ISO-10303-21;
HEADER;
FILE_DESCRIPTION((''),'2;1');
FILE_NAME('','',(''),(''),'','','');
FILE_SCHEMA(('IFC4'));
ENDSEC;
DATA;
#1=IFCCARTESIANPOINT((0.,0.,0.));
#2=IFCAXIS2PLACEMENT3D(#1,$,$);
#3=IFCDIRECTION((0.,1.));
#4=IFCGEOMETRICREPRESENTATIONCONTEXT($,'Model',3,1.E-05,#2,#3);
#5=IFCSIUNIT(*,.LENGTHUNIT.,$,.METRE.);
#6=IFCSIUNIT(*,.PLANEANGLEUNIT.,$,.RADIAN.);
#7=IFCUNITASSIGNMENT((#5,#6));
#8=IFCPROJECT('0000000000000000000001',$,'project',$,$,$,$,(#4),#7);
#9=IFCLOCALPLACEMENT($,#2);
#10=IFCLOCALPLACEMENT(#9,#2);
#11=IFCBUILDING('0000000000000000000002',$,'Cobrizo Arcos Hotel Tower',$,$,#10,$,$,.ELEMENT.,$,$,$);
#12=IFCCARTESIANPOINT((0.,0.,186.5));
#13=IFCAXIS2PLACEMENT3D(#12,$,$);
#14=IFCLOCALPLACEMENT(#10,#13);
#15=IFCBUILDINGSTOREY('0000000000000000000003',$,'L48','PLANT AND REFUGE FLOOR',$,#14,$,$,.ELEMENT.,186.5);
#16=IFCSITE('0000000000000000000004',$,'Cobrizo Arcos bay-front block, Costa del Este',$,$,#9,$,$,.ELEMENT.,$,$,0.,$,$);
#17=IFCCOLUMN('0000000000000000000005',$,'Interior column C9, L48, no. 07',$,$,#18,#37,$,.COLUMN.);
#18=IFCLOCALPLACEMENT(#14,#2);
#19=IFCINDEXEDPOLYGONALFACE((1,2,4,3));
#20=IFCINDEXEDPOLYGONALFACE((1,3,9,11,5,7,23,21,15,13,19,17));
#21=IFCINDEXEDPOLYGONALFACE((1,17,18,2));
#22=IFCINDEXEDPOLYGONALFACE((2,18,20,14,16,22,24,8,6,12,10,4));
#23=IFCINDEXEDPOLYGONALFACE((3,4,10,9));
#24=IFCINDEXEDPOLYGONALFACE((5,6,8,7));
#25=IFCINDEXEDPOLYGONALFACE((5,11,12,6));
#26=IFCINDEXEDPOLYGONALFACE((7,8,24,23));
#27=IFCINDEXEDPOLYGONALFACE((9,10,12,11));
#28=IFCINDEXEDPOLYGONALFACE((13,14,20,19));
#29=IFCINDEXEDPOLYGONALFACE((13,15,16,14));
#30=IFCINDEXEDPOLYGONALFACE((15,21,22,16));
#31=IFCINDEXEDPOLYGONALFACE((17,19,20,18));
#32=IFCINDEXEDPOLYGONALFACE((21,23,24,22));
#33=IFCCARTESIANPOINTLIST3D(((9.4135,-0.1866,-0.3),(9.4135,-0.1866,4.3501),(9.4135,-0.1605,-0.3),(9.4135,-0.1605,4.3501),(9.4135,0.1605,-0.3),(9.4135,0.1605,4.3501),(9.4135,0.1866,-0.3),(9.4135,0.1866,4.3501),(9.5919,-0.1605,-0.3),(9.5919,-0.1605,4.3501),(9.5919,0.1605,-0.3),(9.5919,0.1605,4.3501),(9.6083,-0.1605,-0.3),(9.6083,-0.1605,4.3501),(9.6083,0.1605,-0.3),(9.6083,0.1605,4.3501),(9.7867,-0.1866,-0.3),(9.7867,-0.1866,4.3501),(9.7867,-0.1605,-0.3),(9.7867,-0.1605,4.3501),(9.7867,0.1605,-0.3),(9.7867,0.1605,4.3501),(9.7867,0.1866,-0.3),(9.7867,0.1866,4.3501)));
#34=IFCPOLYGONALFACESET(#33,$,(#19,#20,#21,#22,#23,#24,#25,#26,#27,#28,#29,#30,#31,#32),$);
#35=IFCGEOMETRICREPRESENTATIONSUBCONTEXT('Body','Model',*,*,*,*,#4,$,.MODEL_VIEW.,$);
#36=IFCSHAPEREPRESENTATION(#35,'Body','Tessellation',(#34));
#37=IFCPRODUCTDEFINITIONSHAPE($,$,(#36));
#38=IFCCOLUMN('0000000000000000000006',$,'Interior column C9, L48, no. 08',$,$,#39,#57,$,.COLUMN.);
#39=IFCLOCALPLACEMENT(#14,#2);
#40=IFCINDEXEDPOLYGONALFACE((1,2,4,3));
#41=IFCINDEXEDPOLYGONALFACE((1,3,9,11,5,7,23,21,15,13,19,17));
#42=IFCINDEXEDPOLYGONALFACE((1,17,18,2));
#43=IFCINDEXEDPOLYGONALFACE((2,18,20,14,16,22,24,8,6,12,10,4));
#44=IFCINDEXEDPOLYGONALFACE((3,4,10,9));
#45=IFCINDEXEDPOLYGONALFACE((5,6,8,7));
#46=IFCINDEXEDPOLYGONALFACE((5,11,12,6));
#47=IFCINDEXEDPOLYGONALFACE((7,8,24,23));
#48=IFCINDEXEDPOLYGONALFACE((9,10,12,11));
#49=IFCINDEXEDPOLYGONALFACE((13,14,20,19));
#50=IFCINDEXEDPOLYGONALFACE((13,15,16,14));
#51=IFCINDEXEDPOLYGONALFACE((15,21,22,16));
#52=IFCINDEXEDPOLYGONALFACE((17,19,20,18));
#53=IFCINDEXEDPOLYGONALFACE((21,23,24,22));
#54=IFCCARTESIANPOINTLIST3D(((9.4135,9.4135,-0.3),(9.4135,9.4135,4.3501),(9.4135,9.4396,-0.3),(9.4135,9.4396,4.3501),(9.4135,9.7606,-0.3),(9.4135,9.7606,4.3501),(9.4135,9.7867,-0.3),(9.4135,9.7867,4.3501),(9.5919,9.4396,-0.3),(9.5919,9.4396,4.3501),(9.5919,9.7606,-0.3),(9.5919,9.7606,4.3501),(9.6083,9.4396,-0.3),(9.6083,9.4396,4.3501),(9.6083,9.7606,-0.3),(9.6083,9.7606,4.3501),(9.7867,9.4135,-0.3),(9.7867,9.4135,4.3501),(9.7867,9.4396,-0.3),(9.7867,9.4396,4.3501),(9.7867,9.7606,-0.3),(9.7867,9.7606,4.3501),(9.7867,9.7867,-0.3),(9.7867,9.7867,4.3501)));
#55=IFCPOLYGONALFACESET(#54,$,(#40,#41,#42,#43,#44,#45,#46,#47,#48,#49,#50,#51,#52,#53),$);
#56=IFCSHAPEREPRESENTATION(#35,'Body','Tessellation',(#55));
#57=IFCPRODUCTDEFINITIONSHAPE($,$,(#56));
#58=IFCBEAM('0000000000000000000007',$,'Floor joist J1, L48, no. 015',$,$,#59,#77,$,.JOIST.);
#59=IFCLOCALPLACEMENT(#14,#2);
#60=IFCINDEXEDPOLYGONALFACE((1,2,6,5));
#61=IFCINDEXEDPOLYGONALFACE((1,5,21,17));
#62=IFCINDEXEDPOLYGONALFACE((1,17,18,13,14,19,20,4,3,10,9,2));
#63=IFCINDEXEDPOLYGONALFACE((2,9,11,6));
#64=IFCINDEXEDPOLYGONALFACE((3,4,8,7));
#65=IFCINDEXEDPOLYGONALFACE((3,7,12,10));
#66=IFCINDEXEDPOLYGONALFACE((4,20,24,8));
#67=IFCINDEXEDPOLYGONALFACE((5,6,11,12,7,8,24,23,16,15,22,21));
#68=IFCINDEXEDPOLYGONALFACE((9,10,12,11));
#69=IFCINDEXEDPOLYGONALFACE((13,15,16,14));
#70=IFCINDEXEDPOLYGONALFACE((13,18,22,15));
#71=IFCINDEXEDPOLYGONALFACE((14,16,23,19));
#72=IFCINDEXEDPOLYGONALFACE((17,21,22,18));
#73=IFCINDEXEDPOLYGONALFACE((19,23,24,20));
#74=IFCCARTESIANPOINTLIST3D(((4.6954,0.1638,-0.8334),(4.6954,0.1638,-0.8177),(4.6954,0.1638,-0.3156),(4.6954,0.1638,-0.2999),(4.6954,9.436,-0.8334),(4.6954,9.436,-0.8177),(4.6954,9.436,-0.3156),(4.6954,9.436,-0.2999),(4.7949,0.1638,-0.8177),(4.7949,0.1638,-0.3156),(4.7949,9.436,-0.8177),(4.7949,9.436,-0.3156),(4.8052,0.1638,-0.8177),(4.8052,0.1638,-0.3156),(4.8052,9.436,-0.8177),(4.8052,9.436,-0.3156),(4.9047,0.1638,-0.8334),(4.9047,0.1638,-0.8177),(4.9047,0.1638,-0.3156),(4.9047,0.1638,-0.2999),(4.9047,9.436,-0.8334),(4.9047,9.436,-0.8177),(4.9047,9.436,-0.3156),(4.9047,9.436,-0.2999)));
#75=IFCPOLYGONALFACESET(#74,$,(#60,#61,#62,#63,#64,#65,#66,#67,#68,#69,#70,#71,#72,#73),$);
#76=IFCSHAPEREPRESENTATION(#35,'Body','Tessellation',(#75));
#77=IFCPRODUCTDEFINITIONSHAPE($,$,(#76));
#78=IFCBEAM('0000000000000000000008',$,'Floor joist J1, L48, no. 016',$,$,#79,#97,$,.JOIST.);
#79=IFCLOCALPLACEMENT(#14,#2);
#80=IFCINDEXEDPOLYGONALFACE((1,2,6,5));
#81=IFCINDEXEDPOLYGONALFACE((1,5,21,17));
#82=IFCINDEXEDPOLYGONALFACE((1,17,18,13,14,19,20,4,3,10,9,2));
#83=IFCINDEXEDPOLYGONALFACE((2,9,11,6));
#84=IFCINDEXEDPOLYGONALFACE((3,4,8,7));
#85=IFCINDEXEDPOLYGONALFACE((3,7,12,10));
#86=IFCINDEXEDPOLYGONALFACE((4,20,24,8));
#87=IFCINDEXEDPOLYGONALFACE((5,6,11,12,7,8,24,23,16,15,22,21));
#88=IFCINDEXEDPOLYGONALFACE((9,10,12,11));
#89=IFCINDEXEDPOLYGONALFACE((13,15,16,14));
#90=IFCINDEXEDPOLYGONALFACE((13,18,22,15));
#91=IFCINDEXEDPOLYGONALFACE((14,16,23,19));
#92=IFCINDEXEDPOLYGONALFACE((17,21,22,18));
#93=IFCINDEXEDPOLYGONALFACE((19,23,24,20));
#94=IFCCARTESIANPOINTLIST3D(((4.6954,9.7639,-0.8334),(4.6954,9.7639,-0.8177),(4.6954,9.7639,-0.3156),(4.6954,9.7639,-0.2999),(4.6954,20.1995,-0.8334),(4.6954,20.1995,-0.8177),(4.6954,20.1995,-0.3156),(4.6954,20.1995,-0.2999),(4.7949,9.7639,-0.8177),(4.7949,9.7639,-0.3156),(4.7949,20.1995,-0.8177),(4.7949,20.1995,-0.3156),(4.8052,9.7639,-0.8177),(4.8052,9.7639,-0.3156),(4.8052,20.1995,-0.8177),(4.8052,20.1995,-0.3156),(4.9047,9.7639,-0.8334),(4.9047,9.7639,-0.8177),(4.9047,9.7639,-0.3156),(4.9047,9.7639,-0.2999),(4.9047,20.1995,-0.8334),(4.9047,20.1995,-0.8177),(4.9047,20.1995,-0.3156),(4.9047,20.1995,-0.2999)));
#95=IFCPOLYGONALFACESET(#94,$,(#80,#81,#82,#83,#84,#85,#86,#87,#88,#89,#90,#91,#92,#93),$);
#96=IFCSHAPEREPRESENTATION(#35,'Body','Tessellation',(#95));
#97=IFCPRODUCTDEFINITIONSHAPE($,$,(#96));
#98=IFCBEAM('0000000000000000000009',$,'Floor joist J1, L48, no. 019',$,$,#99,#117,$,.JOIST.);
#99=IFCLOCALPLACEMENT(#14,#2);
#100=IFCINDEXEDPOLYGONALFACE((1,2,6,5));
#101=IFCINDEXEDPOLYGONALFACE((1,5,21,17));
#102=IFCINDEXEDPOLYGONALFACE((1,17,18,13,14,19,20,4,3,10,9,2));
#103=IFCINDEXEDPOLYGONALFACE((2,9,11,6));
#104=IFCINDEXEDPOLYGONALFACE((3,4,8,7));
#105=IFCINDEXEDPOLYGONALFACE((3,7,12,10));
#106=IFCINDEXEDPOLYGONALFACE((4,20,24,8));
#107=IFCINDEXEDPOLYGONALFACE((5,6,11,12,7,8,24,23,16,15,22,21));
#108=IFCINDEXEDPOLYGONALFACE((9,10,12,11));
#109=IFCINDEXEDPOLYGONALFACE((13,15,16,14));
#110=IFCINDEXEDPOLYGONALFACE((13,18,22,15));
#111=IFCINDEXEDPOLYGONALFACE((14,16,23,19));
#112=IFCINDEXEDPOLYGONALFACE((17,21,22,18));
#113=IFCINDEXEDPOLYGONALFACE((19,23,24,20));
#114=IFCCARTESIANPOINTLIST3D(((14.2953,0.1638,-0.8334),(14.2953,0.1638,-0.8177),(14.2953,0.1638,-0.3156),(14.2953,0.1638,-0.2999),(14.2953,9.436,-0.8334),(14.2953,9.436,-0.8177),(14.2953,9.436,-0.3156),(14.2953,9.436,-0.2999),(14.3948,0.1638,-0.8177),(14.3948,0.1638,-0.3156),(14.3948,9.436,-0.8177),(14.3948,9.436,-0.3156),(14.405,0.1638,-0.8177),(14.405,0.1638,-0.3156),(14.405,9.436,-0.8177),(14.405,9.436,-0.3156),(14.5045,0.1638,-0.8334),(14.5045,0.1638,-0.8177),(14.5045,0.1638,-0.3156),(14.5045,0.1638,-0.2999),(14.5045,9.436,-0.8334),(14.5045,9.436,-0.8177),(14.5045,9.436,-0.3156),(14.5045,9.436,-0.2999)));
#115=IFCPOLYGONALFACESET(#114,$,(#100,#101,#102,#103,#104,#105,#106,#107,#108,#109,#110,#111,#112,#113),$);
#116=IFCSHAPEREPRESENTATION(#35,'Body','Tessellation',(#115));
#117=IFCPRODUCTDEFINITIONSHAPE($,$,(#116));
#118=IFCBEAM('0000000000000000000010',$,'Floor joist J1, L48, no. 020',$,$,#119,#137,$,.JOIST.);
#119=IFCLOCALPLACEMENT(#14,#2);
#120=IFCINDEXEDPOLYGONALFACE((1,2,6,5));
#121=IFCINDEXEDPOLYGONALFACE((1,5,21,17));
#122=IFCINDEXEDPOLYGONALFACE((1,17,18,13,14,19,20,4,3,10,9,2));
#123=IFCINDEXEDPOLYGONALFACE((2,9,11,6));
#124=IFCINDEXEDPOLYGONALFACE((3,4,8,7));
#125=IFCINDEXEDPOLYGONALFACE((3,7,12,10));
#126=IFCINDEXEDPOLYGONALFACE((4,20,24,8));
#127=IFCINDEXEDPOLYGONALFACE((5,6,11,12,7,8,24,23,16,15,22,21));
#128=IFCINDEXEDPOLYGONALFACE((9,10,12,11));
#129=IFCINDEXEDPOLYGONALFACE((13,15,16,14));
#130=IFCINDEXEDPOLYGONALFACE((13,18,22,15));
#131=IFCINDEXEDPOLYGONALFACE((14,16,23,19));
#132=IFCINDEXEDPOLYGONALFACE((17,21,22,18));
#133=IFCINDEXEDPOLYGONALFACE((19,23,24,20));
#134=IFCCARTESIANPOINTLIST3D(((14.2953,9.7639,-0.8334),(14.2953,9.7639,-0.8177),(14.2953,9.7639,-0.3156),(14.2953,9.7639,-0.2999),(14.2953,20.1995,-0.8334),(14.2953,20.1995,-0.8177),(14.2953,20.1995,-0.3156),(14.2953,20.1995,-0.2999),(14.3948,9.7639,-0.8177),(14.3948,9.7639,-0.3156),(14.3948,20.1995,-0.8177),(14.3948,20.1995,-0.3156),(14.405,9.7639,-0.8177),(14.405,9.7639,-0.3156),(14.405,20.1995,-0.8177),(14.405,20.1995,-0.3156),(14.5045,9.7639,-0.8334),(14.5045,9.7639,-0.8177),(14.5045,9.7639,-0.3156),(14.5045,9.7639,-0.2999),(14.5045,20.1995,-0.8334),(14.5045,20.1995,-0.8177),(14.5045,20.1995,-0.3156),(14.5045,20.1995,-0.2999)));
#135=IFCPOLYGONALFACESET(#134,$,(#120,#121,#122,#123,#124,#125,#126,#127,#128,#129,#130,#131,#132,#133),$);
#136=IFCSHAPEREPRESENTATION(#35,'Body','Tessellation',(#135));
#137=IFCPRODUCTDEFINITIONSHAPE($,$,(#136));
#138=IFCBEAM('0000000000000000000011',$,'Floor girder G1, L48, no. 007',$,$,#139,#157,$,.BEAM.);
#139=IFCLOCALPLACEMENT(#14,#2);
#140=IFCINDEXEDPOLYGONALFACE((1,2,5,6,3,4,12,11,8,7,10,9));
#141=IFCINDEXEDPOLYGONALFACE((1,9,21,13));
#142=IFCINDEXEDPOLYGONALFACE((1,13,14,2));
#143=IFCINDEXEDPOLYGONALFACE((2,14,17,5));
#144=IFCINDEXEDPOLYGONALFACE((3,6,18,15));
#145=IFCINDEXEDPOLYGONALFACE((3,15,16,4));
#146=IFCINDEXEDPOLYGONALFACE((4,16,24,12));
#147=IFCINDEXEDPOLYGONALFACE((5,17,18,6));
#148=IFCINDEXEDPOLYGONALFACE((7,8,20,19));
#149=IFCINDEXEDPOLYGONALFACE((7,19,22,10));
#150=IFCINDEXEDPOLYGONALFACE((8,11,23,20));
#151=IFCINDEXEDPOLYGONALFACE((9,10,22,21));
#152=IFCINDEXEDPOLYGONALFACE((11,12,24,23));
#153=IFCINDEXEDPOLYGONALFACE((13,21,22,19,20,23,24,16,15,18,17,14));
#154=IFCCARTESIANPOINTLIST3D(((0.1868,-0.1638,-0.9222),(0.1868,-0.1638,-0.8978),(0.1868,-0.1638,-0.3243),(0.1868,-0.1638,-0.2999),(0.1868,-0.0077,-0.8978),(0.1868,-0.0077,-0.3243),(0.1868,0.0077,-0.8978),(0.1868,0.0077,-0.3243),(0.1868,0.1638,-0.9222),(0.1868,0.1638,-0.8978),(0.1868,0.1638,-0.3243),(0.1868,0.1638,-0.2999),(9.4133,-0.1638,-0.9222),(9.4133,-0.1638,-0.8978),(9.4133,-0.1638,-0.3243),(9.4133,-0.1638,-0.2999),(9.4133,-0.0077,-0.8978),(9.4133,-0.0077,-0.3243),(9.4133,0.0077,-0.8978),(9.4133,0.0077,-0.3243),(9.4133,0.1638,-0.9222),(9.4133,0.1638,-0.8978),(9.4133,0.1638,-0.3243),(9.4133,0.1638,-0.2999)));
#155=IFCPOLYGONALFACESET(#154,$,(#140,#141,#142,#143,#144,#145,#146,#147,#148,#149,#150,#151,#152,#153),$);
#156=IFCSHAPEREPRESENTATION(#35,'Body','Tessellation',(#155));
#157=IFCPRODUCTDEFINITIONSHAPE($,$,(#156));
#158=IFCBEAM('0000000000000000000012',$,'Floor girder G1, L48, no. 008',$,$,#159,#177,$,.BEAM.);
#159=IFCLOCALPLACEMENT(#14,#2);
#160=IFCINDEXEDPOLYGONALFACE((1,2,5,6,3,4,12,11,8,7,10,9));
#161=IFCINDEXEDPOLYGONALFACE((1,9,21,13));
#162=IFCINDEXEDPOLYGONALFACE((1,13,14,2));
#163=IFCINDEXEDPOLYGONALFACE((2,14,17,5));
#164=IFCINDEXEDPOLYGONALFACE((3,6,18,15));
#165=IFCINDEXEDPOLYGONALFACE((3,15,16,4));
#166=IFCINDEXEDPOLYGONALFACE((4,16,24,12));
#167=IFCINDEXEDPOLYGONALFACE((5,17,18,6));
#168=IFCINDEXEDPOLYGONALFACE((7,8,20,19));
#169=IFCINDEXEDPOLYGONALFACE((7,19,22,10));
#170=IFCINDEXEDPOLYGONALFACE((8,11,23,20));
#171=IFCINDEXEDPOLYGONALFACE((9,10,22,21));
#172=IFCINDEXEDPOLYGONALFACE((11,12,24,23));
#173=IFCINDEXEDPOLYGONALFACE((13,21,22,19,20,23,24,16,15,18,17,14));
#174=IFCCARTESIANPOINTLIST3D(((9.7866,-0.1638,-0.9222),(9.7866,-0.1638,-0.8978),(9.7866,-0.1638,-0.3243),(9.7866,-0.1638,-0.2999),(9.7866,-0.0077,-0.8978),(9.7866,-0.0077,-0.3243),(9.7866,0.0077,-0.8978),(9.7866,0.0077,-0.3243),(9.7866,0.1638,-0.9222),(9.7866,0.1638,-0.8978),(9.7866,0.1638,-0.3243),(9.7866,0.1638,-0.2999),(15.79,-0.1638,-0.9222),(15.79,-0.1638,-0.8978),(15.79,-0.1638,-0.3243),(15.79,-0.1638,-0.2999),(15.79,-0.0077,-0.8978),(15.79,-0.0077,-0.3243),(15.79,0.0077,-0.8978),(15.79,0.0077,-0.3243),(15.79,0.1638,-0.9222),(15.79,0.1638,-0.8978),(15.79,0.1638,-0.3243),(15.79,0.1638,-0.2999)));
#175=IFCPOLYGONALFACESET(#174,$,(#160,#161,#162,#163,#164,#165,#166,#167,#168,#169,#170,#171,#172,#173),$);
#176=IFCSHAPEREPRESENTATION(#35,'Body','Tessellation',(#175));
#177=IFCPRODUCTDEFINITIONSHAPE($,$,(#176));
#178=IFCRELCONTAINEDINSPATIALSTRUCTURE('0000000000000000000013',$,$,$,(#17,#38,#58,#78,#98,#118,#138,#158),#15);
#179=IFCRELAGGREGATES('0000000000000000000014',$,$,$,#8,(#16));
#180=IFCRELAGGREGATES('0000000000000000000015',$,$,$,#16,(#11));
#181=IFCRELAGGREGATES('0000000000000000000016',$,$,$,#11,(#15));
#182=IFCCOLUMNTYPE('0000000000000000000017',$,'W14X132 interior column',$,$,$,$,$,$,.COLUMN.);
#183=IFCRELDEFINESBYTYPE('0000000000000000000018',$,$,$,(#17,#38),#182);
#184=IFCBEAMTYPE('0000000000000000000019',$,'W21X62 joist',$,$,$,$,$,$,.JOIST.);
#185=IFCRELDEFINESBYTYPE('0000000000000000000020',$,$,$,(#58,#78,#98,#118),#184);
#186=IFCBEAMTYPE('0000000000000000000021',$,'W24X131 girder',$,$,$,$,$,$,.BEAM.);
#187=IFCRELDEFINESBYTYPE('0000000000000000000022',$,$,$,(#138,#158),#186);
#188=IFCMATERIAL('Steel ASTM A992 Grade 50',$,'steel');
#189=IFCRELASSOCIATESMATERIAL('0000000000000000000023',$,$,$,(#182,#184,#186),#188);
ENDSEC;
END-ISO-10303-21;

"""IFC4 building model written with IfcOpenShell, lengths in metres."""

from ifc_helpers import new_model, si_unit, direction, frame, origin, origin_2d, place, context, subcontext, project, spatial, i_section, extrude, material, material_profile, profile_set, type_object, element, save


model = new_model("IFC4")

# Units and contexts
model_context = context("Model", 3, precision=1e-05, world=origin(), true_north=direction((0.0, 1.0)))
body_context = subcontext(model_context, "Body", "Model", "MODEL_VIEW")
ifc_project = project(units=[si_unit("LENGTHUNIT", "METRE"), si_unit("PLANEANGLEUNIT", "RADIAN")], contexts=[model_context])

# Site, building, storey
site_placement = place(None, origin())
site = spatial("IfcSite", under=ifc_project, at=site_placement, Name="Cobrizo Arcos bay-front block, Costa del Este", CompositionType="ELEMENT", RefElevation=0.0)
building_placement = place(site_placement, origin())
building = spatial("IfcBuilding", under=site, at=building_placement, Name="Cobrizo Arcos Hotel Tower", CompositionType="ELEMENT")
storey_placement = place(building_placement, frame((0.0, 0.0, 186.5)))
storey = spatial("IfcBuildingStorey", under=building, at=storey_placement, Name="L48", Description="PLANT AND REFUGE FLOOR", CompositionType="ELEMENT", Elevation=186.5)

# Columns
ifc_material_1 = material(Name="Steel ASTM A992 Grade 50", Category="steel")
ifc_material_profile_1 = material_profile(ifc_material_1, i_section(OverallWidth=0.3733, OverallDepth=0.3733, WebThickness=0.0164, FlangeThickness=0.0261, at=origin_2d()), Name="W14X132")
ifc_profile_set_1 = profile_set([ifc_material_profile_1], Name="Steel ASTM A992 Grade 50")
column_type = type_object("IfcColumnType", Name="W14X132 interior column", PredefinedType="COLUMN", material=ifc_profile_set_1)
for number, where, z_axis, x_axis, name in (
    (1, (9.6001, 0.0, -0.3), (0.0, 0.0, 1.0), (1.0, 0.0, 0.0), "Interior column C9, L48, no. 07"),
    (2, (9.6001, 9.6001, -0.3), (0.0, 0.0, 1.0), (1.0, 0.0, 0.0), "Interior column C9, L48, no. 08"),
):
    element("IfcColumn", number, at=place(storey_placement, frame(where, z_axis=z_axis, x_axis=x_axis)), inside=storey, type_object=column_type, Name=name, PredefinedType="COLUMN", context=body_context, shape_type="SweptSolid", body=[
        extrude(i_section(OverallWidth=0.3733, OverallDepth=0.3733, WebThickness=0.0164, FlangeThickness=0.0261, at=origin_2d()), origin(), (0.0, 0.0, 1.0), 4.6501),
    ])

# Beams
ifc_material_profile_2 = material_profile(ifc_material_1, i_section(OverallWidth=0.2092, OverallDepth=0.5334, WebThickness=0.0103, FlangeThickness=0.0156, at=origin_2d()), Name="W21X62")
ifc_profile_set_2 = profile_set([ifc_material_profile_2], Name="Steel ASTM A992 Grade 50")
beam_type_1 = type_object("IfcBeamType", Name="W21X62 joist", PredefinedType="JOIST", material=ifc_profile_set_2)
beam_1_placement = place(storey_placement, frame((4.8, 0.1638, -0.5667), z_axis=(0.0, 1.0, 0.0), x_axis=(-1.0, 0.0, 0.0)))
element("IfcBeam", 3, at=beam_1_placement, inside=storey, type_object=beam_type_1, Name="Floor joist J1, L48, no. 015", PredefinedType="JOIST", context=body_context, shape_type="SweptSolid", body=[
    extrude(i_section(OverallWidth=0.2092, OverallDepth=0.5334, WebThickness=0.0103, FlangeThickness=0.0156, at=origin_2d()), origin(), (0.0, 0.0, 1.0), 9.2722),
])
beam_2_placement = place(storey_placement, frame((4.8, 9.7639, -0.5667), z_axis=(0.0, 1.0, 0.0), x_axis=(-1.0, 0.0, 0.0)))
element("IfcBeam", 4, at=beam_2_placement, inside=storey, type_object=beam_type_1, Name="Floor joist J1, L48, no. 016", PredefinedType="JOIST", context=body_context, shape_type="SweptSolid", body=[
    extrude(i_section(OverallWidth=0.2092, OverallDepth=0.5334, WebThickness=0.0103, FlangeThickness=0.0156, at=origin_2d()), origin(), (0.0, 0.0, 1.0), 10.4355),
])
beam_3_placement = place(storey_placement, frame((14.3999, 0.1638, -0.5667), z_axis=(0.0, 1.0, 0.0), x_axis=(-1.0, 0.0, 0.0)))
element("IfcBeam", 5, at=beam_3_placement, inside=storey, type_object=beam_type_1, Name="Floor joist J1, L48, no. 019", PredefinedType="JOIST", context=body_context, shape_type="SweptSolid", body=[
    extrude(i_section(OverallWidth=0.2092, OverallDepth=0.5334, WebThickness=0.0103, FlangeThickness=0.0156, at=origin_2d()), origin(), (0.0, 0.0, 1.0), 9.2722),
])
beam_4_placement = place(storey_placement, frame((14.3999, 9.7639, -0.5667), z_axis=(0.0, 1.0, 0.0), x_axis=(-1.0, 0.0, 0.0)))
element("IfcBeam", 6, at=beam_4_placement, inside=storey, type_object=beam_type_1, Name="Floor joist J1, L48, no. 020", PredefinedType="JOIST", context=body_context, shape_type="SweptSolid", body=[
    extrude(i_section(OverallWidth=0.2092, OverallDepth=0.5334, WebThickness=0.0103, FlangeThickness=0.0156, at=origin_2d()), origin(), (0.0, 0.0, 1.0), 10.4355),
])
ifc_material_profile_3 = material_profile(ifc_material_1, i_section(OverallWidth=0.3276, OverallDepth=0.6223, WebThickness=0.0154, FlangeThickness=0.0244, at=origin_2d()), Name="W24X131")
ifc_profile_set_3 = profile_set([ifc_material_profile_3], Name="Steel ASTM A992 Grade 50")
beam_type_2 = type_object("IfcBeamType", Name="W24X131 girder", PredefinedType="BEAM", material=ifc_profile_set_3)
beam_5_placement = place(storey_placement, frame((0.1868, 0.0, -0.6111), z_axis=(1.0, 0.0, 0.0), x_axis=(0.0, 1.0, 0.0)))
element("IfcBeam", 7, at=beam_5_placement, inside=storey, type_object=beam_type_2, Name="Floor girder G1, L48, no. 007", PredefinedType="BEAM", context=body_context, shape_type="SweptSolid", body=[
    extrude(i_section(OverallWidth=0.3276, OverallDepth=0.6223, WebThickness=0.0154, FlangeThickness=0.0244, at=origin_2d()), origin(), (0.0, 0.0, 1.0), 9.2266),
])
beam_6_placement = place(storey_placement, frame((9.7866, 0.0, -0.6111), z_axis=(1.0, 0.0, 0.0), x_axis=(0.0, 1.0, 0.0)))
element("IfcBeam", 8, at=beam_6_placement, inside=storey, type_object=beam_type_2, Name="Floor girder G1, L48, no. 008", PredefinedType="BEAM", context=body_context, shape_type="SweptSolid", body=[
    extrude(i_section(OverallWidth=0.3276, OverallDepth=0.6223, WebThickness=0.0154, FlangeThickness=0.0244, at=origin_2d()), origin(), (0.0, 0.0, 1.0), 6.0034),
])

save(model, "model.ifc")
